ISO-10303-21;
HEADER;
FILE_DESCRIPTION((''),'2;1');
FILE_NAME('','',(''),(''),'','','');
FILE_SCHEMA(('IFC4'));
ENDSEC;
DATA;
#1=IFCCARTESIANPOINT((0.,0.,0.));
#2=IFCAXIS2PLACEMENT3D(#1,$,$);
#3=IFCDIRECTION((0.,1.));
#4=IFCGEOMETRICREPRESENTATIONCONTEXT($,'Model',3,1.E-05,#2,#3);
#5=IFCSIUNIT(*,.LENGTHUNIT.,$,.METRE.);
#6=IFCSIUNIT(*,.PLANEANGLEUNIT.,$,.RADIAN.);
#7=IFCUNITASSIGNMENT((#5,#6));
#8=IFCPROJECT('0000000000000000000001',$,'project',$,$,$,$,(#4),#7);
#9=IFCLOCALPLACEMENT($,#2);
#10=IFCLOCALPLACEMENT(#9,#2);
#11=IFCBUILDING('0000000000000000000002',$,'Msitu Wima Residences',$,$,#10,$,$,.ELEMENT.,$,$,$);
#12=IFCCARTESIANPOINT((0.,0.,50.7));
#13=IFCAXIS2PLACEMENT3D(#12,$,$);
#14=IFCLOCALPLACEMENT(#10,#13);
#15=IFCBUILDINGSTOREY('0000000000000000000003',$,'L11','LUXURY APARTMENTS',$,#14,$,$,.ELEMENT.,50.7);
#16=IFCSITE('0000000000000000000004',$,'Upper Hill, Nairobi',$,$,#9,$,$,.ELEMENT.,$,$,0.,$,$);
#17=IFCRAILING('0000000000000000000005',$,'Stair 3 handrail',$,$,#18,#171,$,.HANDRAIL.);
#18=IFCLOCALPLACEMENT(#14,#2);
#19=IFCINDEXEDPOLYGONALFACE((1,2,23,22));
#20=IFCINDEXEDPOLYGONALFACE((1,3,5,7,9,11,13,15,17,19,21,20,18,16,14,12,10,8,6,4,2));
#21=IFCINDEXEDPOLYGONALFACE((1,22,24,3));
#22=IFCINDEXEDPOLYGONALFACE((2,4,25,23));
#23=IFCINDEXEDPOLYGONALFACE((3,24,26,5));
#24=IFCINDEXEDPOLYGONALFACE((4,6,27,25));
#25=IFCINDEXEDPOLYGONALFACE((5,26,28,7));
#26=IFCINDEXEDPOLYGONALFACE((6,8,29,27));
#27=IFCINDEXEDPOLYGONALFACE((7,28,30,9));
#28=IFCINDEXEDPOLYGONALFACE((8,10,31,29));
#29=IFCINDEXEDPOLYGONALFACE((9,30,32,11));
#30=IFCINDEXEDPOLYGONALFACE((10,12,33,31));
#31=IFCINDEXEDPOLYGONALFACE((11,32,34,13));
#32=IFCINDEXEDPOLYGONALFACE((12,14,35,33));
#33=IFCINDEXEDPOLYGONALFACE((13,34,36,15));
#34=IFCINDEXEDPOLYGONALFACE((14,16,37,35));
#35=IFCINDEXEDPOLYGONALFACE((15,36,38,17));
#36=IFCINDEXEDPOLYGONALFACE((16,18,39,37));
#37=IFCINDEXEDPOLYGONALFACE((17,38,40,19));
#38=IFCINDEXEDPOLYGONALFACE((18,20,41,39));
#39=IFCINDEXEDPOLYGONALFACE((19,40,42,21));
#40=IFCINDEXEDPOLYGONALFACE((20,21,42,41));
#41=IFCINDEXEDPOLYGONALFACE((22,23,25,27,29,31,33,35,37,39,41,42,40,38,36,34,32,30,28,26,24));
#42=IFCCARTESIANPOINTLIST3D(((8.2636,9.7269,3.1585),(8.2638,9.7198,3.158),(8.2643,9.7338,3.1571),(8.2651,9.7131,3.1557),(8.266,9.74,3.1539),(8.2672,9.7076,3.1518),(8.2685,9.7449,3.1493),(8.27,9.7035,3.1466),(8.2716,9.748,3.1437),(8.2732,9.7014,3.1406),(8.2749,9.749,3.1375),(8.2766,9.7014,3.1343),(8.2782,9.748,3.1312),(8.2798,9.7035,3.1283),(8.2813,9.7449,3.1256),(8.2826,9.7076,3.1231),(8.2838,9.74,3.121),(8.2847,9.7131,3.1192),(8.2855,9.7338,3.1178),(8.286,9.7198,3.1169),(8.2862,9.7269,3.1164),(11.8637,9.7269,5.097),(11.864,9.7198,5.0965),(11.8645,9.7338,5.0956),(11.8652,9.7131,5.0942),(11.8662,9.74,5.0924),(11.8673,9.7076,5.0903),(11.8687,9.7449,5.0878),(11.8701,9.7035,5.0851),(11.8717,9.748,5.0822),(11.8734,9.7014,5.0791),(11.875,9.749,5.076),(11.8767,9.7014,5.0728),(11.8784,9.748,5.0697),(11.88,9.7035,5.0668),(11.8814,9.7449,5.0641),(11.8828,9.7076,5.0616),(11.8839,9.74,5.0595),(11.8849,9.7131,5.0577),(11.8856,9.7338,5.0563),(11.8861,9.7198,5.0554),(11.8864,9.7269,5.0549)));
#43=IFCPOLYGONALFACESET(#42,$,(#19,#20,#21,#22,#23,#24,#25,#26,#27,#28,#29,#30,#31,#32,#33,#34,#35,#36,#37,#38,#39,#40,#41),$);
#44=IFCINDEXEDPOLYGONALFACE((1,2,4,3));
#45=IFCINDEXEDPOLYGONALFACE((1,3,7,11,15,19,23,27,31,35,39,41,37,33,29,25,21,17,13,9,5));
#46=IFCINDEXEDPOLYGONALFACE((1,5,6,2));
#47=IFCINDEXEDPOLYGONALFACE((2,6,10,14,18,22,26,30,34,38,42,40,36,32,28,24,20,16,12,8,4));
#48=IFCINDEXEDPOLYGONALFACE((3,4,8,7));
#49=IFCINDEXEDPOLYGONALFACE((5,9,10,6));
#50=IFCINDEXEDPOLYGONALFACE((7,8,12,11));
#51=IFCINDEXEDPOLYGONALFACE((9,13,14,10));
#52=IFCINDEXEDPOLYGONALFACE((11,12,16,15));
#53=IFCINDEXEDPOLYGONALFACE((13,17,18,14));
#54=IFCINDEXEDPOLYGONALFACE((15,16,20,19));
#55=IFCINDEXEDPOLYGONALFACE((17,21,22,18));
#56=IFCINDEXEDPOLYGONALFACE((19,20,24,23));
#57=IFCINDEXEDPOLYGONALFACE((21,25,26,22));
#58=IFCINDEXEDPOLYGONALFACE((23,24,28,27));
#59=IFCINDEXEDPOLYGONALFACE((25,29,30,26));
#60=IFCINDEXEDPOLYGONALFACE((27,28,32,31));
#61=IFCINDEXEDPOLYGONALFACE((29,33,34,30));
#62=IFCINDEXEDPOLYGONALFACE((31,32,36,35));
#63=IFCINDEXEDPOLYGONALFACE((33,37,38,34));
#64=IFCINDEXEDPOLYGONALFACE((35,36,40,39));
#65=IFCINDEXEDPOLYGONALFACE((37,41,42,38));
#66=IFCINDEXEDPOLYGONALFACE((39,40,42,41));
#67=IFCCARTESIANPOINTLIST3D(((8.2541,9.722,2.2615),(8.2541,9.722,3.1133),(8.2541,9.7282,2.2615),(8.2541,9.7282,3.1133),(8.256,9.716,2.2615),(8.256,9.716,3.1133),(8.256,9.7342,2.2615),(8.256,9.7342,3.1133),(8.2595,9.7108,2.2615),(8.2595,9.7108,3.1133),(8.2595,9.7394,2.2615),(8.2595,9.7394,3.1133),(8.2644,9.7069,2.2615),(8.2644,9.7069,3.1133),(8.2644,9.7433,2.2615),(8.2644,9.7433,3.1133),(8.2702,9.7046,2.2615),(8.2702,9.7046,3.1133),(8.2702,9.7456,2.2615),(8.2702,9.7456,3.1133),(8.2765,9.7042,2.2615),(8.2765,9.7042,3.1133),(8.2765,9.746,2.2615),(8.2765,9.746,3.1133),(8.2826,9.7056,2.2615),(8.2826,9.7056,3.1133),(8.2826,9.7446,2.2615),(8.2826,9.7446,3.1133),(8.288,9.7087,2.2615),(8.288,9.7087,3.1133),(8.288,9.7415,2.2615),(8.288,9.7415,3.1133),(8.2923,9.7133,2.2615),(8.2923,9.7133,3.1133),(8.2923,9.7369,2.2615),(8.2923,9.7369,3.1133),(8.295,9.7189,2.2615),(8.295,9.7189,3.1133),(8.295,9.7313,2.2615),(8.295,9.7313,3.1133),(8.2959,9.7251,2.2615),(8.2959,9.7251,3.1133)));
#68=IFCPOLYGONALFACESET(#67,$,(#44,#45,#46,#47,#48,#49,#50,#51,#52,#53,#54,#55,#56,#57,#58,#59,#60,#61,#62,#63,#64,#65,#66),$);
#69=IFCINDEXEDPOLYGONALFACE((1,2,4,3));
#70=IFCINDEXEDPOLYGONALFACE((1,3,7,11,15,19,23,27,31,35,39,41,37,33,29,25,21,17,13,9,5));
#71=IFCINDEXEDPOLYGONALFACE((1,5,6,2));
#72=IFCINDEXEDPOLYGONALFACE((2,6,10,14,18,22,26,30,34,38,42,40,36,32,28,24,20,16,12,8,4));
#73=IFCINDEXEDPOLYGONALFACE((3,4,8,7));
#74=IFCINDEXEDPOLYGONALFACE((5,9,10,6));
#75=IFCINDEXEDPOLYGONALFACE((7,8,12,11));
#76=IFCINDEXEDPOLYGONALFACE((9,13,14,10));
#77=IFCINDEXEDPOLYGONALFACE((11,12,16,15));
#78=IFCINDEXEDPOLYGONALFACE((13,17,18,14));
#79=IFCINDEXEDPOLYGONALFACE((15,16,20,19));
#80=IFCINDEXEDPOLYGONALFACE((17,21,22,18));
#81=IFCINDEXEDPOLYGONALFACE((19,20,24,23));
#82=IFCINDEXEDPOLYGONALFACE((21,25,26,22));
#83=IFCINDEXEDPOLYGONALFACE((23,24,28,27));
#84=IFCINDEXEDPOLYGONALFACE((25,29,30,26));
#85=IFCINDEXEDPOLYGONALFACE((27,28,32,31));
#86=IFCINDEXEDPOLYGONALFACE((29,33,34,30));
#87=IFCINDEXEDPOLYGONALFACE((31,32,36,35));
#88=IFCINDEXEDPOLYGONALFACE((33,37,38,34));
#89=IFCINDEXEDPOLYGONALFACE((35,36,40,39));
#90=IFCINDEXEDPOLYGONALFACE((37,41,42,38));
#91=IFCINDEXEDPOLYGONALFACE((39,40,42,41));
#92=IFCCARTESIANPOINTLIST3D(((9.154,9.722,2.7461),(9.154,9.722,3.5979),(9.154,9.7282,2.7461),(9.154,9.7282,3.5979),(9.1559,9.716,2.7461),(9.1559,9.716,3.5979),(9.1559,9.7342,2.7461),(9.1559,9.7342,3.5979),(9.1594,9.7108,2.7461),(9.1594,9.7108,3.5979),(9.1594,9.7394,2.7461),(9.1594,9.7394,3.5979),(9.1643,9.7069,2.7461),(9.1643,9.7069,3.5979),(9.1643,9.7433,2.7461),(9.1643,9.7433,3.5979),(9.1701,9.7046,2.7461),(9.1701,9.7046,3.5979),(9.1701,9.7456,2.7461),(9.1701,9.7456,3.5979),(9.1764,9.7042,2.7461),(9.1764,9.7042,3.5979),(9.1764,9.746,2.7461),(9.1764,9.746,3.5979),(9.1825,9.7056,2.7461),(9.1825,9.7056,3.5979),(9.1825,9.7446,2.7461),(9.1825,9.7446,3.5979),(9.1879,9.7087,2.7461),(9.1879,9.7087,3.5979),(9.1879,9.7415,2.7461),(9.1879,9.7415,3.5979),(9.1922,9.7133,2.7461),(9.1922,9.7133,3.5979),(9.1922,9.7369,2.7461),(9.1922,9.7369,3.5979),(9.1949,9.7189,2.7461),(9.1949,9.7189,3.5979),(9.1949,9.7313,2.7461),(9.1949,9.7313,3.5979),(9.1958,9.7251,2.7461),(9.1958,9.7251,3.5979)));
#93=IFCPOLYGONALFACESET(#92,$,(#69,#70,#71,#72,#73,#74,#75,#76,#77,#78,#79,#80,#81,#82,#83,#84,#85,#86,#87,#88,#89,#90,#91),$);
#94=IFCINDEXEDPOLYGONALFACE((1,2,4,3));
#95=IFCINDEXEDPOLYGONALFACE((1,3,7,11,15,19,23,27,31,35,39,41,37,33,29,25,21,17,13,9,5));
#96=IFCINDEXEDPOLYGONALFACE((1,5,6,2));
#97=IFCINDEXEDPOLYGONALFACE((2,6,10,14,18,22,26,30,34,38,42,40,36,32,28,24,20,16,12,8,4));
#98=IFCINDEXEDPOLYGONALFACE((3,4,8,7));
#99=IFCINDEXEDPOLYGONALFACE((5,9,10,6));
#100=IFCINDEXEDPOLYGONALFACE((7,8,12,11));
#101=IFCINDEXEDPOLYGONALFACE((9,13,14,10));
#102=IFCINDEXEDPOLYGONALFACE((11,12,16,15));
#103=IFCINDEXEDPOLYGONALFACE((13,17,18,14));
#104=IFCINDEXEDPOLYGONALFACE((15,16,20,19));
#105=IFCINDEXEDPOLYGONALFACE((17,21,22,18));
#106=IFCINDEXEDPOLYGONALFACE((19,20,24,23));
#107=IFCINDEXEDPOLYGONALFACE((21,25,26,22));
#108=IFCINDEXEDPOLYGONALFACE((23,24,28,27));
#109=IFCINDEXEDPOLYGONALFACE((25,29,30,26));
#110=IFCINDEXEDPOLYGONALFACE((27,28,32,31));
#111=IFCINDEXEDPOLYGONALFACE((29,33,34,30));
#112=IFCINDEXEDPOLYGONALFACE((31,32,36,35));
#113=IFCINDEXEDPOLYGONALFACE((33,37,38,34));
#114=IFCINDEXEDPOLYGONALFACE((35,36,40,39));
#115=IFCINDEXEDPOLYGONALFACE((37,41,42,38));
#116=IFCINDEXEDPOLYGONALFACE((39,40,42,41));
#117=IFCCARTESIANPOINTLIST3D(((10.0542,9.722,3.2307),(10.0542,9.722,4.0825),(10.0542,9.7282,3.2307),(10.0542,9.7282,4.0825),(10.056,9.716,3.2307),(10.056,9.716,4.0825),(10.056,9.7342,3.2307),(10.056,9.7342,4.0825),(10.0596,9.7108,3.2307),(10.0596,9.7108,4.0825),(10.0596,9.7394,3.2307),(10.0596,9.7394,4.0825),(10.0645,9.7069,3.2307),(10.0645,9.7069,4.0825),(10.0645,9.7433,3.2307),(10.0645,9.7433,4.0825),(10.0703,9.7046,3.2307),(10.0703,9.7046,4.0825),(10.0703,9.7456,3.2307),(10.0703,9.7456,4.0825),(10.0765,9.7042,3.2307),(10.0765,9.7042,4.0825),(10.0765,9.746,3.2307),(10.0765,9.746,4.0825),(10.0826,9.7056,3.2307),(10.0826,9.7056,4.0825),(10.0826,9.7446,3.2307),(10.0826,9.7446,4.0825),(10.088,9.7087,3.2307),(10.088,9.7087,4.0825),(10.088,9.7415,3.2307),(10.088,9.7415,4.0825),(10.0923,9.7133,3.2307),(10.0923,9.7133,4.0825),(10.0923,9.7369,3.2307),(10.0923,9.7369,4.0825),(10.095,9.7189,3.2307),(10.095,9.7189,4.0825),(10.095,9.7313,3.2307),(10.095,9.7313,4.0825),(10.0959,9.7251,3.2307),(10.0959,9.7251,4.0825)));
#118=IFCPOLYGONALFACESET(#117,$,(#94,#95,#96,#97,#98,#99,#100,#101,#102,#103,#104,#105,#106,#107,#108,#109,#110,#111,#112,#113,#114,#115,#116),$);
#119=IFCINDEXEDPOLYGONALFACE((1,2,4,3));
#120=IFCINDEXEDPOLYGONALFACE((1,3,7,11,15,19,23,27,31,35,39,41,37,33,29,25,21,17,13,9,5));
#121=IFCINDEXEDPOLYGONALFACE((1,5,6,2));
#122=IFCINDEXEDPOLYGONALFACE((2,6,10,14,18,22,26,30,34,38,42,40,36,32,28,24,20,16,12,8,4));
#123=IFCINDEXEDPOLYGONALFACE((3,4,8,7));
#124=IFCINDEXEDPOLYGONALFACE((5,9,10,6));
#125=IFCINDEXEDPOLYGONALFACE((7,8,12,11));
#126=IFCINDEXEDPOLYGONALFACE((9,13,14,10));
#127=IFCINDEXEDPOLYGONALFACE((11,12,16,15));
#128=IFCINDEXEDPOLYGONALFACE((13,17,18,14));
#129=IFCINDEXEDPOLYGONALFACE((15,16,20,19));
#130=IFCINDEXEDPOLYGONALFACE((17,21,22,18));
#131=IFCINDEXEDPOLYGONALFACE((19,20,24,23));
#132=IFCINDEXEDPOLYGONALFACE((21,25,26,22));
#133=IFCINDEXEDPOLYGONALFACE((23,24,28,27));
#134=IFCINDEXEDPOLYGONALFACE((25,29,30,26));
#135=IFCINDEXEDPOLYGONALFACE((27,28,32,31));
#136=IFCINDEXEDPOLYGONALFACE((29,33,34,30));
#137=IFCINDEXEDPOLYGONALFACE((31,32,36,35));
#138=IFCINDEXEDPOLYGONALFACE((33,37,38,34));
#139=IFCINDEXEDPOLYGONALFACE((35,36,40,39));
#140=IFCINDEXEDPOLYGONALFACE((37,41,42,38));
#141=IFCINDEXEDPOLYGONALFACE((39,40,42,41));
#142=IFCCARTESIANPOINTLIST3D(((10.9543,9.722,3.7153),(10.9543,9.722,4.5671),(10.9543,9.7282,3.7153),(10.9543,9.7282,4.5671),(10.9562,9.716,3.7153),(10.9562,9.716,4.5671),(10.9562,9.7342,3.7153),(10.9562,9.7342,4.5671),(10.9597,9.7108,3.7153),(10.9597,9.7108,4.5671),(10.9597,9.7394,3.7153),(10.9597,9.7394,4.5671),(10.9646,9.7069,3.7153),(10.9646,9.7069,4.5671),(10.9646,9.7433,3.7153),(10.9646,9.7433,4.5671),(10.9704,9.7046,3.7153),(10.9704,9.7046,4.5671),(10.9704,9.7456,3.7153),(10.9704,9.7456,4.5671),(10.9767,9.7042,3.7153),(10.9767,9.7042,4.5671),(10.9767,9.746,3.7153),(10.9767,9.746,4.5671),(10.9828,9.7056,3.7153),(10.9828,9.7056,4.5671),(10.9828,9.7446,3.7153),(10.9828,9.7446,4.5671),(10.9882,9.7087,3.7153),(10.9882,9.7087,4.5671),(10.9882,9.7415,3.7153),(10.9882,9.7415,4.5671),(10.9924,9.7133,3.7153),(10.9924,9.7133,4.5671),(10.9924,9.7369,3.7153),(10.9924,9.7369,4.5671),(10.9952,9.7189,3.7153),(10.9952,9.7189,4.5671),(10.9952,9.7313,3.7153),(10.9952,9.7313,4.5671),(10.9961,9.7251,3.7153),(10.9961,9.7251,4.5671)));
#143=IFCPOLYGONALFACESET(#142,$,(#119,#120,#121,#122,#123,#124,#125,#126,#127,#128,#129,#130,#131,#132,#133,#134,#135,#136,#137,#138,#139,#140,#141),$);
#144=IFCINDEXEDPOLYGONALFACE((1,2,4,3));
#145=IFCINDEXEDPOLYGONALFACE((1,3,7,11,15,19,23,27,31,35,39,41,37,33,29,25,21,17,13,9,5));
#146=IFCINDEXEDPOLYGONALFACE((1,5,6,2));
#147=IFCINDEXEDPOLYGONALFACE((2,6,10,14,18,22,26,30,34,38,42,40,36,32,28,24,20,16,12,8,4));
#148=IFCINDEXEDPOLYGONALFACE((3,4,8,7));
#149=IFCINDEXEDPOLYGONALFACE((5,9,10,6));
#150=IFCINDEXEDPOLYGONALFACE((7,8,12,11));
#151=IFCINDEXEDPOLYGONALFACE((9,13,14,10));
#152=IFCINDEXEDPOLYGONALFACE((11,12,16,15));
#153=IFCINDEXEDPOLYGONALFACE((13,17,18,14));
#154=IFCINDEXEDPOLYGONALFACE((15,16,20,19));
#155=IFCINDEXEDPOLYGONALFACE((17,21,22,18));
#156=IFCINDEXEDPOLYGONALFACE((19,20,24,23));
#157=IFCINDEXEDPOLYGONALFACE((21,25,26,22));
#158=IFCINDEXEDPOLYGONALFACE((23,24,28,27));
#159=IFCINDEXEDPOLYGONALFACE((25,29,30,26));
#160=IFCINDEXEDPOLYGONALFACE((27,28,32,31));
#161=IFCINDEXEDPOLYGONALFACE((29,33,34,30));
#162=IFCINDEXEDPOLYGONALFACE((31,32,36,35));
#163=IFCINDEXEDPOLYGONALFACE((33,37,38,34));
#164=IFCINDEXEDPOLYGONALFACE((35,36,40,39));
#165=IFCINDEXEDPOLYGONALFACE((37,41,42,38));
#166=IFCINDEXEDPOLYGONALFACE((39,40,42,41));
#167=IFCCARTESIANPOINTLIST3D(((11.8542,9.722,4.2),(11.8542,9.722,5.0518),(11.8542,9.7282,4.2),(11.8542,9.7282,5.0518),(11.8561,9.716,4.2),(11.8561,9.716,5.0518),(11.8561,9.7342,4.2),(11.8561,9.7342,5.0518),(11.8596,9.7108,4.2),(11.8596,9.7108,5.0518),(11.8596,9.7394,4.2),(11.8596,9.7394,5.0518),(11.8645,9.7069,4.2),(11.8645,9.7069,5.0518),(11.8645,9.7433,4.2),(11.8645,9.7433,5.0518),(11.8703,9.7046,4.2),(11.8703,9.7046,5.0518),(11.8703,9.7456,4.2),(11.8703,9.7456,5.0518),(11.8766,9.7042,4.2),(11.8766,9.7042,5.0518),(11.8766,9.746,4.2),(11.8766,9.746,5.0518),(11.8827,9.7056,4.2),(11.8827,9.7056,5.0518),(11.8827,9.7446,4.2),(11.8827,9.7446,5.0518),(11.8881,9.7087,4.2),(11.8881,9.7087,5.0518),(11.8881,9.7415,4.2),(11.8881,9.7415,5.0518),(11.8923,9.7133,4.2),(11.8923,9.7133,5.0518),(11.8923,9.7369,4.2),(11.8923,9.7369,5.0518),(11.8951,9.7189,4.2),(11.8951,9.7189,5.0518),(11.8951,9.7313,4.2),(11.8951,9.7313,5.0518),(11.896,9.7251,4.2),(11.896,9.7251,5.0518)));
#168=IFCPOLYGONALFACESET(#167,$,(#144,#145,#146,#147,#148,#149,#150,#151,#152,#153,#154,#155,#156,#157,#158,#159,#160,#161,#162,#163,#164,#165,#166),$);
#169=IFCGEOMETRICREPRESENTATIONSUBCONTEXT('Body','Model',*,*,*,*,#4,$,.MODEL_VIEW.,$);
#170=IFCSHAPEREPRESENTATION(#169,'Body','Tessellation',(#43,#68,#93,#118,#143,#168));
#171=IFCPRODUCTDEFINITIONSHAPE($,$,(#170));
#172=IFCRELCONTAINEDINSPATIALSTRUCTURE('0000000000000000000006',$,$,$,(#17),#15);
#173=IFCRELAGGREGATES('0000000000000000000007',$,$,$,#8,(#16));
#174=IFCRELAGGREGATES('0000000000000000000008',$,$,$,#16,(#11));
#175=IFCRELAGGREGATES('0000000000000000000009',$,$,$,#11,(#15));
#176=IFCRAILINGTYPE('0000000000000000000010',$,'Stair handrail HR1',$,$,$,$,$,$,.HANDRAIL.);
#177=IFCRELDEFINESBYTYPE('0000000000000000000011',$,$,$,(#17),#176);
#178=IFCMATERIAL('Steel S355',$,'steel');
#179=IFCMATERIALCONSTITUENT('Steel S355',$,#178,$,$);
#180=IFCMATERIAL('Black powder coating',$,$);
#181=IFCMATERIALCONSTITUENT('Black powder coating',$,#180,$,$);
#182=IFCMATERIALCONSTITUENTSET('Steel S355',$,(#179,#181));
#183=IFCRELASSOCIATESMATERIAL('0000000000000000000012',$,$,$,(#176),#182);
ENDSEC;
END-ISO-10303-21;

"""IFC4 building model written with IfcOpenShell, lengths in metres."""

from ifc_helpers import new_model, si_unit, direction, frame, origin, origin_2d, place, context, subcontext, project, spatial, circle, extrude, material, constituent, constituent_set, type_object, element, save


model = new_model("IFC4")

# Units and contexts
model_context = context("Model", 3, precision=1e-05, world=origin(), true_north=direction((0.0, 1.0)))
body_context = subcontext(model_context, "Body", "Model", "MODEL_VIEW")
ifc_project = project(units=[si_unit("LENGTHUNIT", "METRE"), si_unit("PLANEANGLEUNIT", "RADIAN")], contexts=[model_context])

# Site, building, storey
site_placement = place(None, origin())
site = spatial("IfcSite", under=ifc_project, at=site_placement, Name="Upper Hill, Nairobi", CompositionType="ELEMENT", RefElevation=0.0)
building_placement = place(site_placement, origin())
building = spatial("IfcBuilding", under=site, at=building_placement, Name="Msitu Wima Residences", CompositionType="ELEMENT")
storey_placement = place(building_placement, frame((0.0, 0.0, 50.7)))
storey = spatial("IfcBuildingStorey", under=building, at=storey_placement, Name="L11", Description="LUXURY APARTMENTS", CompositionType="ELEMENT", Elevation=50.7)

# Railing
ifc_material_1 = material(Name="Steel S355", Category="steel")
ifc_constituent_1 = constituent(ifc_material_1, Name="Steel S355")
ifc_material_2 = material(Name="Black powder coating")
ifc_constituent_2 = constituent(ifc_material_2, Name="Black powder coating")
ifc_constituent_set = constituent_set(constituents=[ifc_constituent_1, ifc_constituent_2], Name="Steel S355")
railing_type = type_object("IfcRailingType", Name="Stair handrail HR1", PredefinedType="HANDRAIL", material=ifc_constituent_set)
for number, where, name in (
    (1, (8.2749, 9.7251, 2.2615), "Stair 3 handrail"),
):
    element("IfcRailing", number, at=place(storey_placement, frame(where)), inside=storey, type_object=railing_type, Name=name, PredefinedType="HANDRAIL", context=body_context, shape_type="SweptSolid", body=[
        extrude(circle(Radius=0.0239, at=origin_2d()), frame((0.0, 0.0, 0.876), z_axis=(0.880475, 0.0, 0.474093), x_axis=(0.0, 1.0, 0.0)), (0.0, 0.0, 1.0), 4.0889),
        extrude(circle(Radius=0.021, at=origin_2d()), origin(), (0.0, 0.0, 1.0), 0.8518),
        extrude(circle(Radius=0.021, at=origin_2d()), frame((0.8999, 0.0, 0.4846)), (0.0, 0.0, 1.0), 0.8518),
        extrude(circle(Radius=0.021, at=origin_2d()), frame((1.8, 0.0, 0.9692)), (0.0, 0.0, 1.0), 0.8518),
        extrude(circle(Radius=0.021, at=origin_2d()), frame((2.7002, 0.0, 1.4539)), (0.0, 0.0, 1.0), 0.8518),
        extrude(circle(Radius=0.021, at=origin_2d()), frame((3.6001, 0.0, 1.9385)), (0.0, 0.0, 1.0), 0.8518),
    ])

save(model, "model.ifc")
